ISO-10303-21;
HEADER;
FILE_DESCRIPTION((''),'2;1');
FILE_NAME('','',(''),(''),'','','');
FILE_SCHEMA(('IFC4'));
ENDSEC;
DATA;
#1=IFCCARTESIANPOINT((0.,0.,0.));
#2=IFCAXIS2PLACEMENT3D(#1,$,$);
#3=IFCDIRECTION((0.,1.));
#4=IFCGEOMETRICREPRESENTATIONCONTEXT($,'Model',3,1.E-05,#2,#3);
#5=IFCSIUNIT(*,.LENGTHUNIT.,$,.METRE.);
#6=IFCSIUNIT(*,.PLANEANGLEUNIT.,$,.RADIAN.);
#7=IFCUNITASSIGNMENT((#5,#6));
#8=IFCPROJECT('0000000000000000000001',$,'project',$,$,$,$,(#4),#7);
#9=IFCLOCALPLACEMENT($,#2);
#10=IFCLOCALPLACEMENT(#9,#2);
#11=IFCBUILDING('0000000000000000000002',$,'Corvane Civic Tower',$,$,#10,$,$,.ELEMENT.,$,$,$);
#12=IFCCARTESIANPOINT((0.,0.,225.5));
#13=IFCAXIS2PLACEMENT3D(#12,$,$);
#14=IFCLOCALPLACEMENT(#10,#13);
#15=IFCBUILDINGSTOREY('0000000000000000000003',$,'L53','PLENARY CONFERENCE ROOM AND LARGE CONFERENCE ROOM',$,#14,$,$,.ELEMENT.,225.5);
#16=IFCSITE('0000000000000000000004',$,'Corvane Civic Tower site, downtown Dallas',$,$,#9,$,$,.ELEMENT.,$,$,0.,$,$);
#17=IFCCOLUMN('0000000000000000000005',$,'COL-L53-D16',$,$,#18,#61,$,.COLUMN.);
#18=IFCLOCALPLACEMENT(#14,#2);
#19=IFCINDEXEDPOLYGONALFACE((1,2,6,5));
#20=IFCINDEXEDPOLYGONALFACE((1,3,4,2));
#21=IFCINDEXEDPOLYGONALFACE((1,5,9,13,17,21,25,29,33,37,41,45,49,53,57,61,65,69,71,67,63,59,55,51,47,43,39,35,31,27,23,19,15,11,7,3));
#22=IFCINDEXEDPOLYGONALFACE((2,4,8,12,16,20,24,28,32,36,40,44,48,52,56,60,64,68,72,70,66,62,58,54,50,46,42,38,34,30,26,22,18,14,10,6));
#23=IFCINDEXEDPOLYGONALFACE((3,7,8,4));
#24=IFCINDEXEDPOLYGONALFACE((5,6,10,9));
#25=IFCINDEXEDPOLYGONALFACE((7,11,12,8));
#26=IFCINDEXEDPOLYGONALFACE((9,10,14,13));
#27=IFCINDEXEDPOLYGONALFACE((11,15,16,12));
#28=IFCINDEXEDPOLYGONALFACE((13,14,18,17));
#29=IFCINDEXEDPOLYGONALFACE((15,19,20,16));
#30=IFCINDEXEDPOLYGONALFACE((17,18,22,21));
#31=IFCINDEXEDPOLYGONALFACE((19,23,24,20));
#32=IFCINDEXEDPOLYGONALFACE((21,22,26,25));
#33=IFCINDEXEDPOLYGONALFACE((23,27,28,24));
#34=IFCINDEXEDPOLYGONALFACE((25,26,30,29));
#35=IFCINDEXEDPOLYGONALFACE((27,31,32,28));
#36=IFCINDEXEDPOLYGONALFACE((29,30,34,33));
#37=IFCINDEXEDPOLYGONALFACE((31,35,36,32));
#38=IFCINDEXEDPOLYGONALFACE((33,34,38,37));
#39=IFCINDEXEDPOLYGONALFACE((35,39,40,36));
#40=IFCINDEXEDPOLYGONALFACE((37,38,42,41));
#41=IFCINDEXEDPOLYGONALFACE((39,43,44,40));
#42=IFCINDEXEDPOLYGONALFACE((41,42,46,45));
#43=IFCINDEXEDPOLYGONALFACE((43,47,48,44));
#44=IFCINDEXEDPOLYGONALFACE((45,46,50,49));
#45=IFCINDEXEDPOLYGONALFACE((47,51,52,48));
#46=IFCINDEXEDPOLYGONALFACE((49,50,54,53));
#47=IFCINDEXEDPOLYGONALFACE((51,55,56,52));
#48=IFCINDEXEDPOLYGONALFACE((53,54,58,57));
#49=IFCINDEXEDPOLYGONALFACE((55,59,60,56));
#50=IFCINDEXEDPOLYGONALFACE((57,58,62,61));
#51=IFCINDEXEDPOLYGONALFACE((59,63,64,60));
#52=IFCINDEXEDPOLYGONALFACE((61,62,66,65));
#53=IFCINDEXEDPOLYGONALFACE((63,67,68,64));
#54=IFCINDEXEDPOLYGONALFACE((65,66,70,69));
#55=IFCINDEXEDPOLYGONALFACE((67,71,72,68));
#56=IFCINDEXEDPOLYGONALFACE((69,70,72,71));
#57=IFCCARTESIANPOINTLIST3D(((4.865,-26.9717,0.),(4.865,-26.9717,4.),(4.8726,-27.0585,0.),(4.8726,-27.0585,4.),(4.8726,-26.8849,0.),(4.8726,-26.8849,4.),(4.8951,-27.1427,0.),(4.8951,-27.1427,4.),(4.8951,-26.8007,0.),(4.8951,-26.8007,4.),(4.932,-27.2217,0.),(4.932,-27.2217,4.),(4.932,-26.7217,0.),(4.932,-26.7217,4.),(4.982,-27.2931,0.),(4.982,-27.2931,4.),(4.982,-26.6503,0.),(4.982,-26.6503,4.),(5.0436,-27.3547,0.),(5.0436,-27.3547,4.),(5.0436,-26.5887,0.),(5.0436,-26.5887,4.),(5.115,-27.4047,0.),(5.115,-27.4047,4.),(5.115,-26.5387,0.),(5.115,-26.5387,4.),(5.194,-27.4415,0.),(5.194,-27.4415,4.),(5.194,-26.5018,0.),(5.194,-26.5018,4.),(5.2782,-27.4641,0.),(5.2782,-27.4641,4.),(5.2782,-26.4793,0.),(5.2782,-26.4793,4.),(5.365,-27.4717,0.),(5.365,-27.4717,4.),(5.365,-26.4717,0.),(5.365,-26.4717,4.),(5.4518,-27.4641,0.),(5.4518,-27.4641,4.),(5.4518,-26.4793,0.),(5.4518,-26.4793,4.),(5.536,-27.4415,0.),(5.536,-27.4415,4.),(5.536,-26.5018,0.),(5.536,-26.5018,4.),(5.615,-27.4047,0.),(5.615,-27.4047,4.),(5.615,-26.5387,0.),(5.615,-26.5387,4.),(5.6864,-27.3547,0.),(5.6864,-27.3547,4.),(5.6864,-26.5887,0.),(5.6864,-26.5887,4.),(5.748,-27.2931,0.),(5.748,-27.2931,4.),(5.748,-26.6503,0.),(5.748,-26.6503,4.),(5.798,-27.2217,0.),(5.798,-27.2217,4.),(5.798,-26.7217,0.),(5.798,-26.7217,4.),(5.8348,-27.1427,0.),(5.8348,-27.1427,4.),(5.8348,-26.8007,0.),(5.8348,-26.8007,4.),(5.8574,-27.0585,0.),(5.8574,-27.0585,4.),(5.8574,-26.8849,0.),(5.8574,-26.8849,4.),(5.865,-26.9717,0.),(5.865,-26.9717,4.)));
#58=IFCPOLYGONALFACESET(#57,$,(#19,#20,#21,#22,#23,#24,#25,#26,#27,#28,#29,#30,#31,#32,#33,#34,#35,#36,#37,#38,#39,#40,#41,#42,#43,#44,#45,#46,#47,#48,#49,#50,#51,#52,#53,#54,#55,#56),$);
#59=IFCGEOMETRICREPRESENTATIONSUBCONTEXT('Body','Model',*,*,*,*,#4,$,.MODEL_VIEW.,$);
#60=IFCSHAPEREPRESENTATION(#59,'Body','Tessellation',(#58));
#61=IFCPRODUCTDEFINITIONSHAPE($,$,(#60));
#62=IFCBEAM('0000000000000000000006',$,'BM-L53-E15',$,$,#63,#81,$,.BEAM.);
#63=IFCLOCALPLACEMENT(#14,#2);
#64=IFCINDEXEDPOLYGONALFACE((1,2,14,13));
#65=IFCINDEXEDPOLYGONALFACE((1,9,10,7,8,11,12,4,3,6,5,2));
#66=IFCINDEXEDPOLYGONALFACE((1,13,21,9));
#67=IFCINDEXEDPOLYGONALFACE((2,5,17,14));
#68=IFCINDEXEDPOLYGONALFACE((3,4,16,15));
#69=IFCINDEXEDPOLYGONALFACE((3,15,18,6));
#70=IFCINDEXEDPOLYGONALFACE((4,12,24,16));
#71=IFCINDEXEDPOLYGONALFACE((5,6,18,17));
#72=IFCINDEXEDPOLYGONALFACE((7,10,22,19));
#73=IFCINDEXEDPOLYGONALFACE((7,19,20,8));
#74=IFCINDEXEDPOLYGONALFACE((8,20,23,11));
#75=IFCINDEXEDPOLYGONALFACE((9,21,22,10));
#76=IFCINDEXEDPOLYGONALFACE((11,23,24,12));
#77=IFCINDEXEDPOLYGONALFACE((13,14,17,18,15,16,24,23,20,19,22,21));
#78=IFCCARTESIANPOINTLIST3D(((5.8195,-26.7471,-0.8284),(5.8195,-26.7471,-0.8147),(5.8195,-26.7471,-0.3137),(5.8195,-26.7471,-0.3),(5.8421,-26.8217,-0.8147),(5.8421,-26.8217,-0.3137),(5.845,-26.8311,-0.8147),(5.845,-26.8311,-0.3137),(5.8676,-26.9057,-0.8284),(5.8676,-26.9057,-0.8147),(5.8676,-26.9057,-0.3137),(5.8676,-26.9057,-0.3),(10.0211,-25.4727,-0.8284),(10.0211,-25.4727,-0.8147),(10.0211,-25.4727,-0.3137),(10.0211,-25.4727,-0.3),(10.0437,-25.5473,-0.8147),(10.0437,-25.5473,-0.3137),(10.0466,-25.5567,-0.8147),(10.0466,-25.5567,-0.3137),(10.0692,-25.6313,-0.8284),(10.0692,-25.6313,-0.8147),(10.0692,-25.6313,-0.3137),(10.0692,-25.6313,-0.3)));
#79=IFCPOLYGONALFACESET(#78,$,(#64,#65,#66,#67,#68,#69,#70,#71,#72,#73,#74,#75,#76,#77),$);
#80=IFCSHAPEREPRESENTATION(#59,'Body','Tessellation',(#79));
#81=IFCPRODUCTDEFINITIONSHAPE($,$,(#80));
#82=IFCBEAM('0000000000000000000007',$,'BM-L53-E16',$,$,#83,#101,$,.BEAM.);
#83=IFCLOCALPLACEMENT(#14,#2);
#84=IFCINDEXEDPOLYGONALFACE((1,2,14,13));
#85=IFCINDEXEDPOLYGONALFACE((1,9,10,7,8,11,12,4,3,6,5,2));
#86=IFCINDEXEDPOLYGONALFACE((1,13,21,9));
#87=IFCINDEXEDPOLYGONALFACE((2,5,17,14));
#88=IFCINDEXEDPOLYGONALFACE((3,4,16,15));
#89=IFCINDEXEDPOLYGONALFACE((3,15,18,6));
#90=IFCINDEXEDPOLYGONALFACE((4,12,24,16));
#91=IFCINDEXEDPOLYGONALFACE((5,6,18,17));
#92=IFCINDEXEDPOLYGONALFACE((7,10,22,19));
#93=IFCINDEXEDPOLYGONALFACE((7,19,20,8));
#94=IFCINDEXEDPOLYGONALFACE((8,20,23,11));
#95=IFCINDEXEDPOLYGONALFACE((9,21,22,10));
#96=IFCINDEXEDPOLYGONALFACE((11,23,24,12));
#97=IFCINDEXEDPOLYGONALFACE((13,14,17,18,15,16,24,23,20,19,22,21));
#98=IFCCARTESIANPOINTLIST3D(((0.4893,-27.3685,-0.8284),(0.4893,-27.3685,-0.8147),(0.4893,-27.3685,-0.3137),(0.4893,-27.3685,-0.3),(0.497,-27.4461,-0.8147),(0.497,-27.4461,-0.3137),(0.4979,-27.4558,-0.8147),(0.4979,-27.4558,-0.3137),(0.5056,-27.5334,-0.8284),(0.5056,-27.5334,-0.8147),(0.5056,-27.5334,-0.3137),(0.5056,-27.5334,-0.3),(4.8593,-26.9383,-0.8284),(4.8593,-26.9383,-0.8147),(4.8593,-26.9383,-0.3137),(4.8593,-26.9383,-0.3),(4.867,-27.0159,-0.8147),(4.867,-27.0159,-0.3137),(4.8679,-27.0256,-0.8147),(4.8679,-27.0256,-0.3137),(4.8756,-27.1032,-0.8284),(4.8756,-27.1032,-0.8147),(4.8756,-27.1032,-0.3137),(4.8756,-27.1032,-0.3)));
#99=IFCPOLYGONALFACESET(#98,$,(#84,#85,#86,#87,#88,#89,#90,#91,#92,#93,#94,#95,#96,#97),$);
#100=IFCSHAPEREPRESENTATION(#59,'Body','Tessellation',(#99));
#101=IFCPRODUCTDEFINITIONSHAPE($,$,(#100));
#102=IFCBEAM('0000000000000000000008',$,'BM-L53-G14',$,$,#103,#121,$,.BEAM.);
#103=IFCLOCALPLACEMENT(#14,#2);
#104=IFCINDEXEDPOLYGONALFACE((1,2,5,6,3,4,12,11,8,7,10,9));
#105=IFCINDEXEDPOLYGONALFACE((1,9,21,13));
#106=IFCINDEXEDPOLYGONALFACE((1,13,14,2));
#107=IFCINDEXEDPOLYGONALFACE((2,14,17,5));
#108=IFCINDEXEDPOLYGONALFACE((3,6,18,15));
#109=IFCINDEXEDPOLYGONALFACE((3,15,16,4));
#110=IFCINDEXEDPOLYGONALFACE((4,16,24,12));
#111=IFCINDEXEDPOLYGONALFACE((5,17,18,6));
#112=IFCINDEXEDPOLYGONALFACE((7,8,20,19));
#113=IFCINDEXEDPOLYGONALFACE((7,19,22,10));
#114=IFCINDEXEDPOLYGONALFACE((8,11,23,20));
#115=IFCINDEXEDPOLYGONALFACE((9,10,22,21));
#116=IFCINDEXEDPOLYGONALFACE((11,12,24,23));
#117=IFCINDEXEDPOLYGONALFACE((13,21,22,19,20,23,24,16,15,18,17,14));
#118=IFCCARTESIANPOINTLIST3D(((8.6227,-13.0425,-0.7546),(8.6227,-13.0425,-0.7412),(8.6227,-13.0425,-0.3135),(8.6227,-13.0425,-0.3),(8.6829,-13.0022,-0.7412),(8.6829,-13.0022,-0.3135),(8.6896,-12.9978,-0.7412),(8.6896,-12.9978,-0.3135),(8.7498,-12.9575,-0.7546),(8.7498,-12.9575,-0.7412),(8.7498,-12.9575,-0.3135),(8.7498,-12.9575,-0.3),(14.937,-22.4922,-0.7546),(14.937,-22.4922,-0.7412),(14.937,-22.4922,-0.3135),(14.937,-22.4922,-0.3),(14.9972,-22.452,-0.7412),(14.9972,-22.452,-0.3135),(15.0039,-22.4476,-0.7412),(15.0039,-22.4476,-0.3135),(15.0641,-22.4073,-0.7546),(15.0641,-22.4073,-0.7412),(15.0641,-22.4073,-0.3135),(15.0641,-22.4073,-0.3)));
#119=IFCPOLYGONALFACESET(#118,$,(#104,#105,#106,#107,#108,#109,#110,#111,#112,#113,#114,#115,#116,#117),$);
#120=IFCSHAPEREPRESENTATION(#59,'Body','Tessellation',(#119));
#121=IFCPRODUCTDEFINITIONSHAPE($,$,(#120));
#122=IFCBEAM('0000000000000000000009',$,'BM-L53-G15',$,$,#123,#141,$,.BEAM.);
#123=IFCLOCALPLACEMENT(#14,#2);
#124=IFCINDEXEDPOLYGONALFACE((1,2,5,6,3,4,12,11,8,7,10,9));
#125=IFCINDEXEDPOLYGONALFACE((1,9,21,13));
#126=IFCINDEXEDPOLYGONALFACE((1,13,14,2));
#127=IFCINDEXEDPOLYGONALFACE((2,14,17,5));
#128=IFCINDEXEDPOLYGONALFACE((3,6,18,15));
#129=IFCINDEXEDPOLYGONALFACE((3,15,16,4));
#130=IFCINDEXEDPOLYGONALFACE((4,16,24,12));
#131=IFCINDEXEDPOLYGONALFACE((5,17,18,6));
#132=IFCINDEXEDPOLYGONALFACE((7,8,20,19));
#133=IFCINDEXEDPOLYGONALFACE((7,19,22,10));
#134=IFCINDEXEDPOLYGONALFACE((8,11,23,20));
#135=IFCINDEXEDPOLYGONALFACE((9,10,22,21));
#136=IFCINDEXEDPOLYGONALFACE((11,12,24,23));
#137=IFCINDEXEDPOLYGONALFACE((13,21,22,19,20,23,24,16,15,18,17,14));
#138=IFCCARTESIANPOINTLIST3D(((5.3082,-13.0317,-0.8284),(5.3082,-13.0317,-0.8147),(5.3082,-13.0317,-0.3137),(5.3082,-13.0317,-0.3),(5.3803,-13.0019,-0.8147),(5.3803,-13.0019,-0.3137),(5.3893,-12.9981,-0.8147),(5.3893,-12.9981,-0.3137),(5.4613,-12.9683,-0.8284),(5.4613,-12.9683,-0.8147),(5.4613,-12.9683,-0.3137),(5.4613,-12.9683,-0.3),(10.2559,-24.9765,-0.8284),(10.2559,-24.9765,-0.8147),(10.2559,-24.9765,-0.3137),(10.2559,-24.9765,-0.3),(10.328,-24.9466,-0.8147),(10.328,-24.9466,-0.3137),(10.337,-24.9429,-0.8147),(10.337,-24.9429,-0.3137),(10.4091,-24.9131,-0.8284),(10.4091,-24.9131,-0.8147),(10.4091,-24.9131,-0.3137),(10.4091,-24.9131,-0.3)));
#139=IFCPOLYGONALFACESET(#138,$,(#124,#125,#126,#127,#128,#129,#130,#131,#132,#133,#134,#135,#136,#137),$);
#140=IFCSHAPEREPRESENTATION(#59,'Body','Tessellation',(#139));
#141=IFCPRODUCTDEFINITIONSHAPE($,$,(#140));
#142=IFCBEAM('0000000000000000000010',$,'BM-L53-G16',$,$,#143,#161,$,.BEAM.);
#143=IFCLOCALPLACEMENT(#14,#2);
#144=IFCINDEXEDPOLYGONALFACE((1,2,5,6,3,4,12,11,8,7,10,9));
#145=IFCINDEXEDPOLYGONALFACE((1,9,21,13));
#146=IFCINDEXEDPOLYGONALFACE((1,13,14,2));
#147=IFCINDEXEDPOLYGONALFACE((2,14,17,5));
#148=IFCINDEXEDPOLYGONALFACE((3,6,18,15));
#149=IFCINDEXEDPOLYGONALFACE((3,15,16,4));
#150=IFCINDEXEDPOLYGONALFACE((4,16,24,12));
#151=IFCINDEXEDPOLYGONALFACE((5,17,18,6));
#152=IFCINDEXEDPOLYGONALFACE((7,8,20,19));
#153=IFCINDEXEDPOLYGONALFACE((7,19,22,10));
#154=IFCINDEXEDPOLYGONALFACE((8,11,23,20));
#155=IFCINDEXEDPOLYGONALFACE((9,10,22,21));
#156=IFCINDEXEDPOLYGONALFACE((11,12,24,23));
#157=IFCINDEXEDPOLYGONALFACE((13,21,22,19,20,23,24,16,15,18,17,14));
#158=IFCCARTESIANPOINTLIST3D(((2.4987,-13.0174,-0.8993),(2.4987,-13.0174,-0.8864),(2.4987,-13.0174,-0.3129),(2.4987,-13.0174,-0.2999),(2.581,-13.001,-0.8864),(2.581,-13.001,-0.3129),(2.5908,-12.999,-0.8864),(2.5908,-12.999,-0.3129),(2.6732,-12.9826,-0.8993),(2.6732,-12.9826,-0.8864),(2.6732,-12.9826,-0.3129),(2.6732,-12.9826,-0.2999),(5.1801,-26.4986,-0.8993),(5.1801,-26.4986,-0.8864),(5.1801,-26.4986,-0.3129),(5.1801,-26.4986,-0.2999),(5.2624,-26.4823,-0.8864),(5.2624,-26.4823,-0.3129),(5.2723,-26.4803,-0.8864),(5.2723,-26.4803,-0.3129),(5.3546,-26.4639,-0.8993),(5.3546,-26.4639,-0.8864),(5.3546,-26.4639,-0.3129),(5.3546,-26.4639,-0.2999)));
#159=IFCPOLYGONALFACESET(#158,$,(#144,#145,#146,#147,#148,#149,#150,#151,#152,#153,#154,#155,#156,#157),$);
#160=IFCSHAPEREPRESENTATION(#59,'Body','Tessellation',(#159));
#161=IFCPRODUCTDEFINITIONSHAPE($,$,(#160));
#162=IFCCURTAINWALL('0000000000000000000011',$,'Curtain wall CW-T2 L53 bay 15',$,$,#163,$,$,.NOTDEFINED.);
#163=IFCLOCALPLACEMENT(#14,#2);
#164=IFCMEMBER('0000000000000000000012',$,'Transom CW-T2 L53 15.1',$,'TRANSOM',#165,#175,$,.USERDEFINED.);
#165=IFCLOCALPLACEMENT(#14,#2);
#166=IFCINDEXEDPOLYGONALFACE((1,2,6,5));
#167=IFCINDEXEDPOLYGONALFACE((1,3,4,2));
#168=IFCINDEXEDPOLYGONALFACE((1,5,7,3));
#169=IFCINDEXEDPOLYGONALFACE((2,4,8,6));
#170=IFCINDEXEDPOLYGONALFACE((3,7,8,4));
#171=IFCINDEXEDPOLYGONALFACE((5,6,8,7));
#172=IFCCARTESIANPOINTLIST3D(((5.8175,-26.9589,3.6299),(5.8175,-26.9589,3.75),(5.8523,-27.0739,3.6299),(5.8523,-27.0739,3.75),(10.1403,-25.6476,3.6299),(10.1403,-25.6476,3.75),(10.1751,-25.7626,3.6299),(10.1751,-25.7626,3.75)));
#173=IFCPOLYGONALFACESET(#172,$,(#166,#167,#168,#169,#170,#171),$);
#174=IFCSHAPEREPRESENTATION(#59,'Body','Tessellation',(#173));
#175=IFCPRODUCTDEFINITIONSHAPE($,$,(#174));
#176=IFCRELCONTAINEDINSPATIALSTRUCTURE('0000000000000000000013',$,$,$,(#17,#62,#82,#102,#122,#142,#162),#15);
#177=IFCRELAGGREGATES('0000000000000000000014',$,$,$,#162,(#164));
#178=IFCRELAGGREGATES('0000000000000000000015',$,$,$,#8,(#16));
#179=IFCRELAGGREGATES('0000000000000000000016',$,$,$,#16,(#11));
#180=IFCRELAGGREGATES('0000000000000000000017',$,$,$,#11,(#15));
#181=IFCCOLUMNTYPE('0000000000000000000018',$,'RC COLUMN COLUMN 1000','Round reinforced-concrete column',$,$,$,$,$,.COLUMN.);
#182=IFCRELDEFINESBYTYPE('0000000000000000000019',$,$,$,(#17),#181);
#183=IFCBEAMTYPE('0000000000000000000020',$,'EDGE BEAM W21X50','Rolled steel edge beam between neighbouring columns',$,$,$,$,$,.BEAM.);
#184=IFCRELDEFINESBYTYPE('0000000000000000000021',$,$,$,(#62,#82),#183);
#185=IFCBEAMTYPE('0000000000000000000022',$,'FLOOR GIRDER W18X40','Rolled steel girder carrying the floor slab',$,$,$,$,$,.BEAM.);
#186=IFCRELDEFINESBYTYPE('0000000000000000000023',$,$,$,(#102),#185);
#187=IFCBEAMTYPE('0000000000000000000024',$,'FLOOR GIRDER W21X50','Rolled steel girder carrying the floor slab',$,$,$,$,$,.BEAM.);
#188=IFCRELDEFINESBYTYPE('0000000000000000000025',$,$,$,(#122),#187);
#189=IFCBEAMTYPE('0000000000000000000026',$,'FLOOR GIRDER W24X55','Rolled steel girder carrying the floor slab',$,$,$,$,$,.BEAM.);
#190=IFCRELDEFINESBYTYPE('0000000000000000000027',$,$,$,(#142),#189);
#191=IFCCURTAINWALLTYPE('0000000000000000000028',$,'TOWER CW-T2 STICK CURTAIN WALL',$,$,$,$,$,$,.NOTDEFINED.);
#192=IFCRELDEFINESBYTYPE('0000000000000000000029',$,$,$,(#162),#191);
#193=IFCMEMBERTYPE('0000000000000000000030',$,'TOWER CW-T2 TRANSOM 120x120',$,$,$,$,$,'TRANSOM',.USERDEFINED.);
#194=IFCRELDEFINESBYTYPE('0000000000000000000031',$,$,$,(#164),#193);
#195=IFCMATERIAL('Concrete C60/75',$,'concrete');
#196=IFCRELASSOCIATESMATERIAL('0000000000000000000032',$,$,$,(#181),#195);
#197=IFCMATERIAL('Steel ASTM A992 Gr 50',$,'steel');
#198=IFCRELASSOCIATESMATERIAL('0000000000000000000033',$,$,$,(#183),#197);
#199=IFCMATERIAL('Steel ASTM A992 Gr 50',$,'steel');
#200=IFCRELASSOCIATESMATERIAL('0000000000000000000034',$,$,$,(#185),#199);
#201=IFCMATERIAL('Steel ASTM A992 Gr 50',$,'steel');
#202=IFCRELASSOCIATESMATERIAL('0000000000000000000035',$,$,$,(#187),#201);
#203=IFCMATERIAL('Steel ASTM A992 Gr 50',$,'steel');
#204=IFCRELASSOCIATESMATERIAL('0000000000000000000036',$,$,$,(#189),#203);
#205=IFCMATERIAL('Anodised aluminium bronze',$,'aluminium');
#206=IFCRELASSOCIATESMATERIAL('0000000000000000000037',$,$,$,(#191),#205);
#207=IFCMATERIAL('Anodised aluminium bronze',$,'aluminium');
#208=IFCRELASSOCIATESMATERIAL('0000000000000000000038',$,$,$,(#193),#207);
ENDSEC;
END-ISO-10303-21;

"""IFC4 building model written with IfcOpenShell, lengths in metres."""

from ifc_helpers import new_model, si_unit, direction, frame, origin, origin_2d, place, context, subcontext, project, spatial, rectangle, circle, i_section, extrude, material, material_profile, profile_set, type_object, element, aggregate, save


model = new_model("IFC4")

# Units and contexts
model_context = context("Model", 3, precision=1e-05, world=origin(), true_north=direction((0.0, 1.0)))
body_context = subcontext(model_context, "Body", "Model", "MODEL_VIEW")
ifc_project = project(units=[si_unit("LENGTHUNIT", "METRE"), si_unit("PLANEANGLEUNIT", "RADIAN")], contexts=[model_context])

# Site, building, storey
site_placement = place(None, origin())
site = spatial("IfcSite", under=ifc_project, at=site_placement, Name="Corvane Civic Tower site, downtown Dallas", CompositionType="ELEMENT", RefElevation=0.0)
building_placement = place(site_placement, origin())
building = spatial("IfcBuilding", under=site, at=building_placement, Name="Corvane Civic Tower", CompositionType="ELEMENT")
storey_placement = place(building_placement, frame((0.0, 0.0, 225.5)))
storey = spatial("IfcBuildingStorey", under=building, at=storey_placement, Name="L53", Description="PLENARY CONFERENCE ROOM AND LARGE CONFERENCE ROOM", CompositionType="ELEMENT", Elevation=225.5)

# Column
ifc_material_1 = material(Name="Concrete C60/75", Category="concrete")
ifc_material_profile_1 = material_profile(ifc_material_1, circle(Radius=0.5, at=origin_2d()), Name="COLUMN 1000")
ifc_profile_set_1 = profile_set([ifc_material_profile_1], Name="Concrete C60/75")
column_type = type_object("IfcColumnType", Name="RC COLUMN COLUMN 1000", Description="Round reinforced-concrete column", PredefinedType="COLUMN", material=ifc_profile_set_1)
column_placement = place(storey_placement, frame((5.365, -26.9717, 0.0), z_axis=(0.0, 0.0, 1.0), x_axis=(1.0, 0.0, 0.0)))
element("IfcColumn", 1, at=column_placement, inside=storey, type_object=column_type, Name="COL-L53-D16", PredefinedType="COLUMN", context=body_context, shape_type="SweptSolid", body=[
    extrude(circle(Radius=0.5, at=origin_2d()), origin(), (0.0, 0.0, 1.0), 4.0),
])

# Beams
ifc_material_2 = material(Name="Steel ASTM A992 Gr 50", Category="steel")
ifc_material_profile_2 = material_profile(ifc_material_2, i_section(OverallWidth=0.1658, OverallDepth=0.5283, WebThickness=0.0098, FlangeThickness=0.0137, at=origin_2d()), Name="W21X50")
ifc_profile_set_2 = profile_set([ifc_material_profile_2], Name="Steel ASTM A992 Gr 50")
beam_type_1 = type_object("IfcBeamType", Name="EDGE BEAM W21X50", Description="Rolled steel edge beam between neighbouring columns", PredefinedType="BEAM", material=ifc_profile_set_2)
beam_1_placement = place(storey_placement, frame((10.0452, -25.552, -0.5642), z_axis=(-0.95695, -0.290254, 0.0), x_axis=(0.290254, -0.95695, 0.0)))
element("IfcBeam", 2, at=beam_1_placement, inside=storey, type_object=beam_type_1, Name="BM-L53-E15", PredefinedType="BEAM", context=body_context, shape_type="SweptSolid", body=[
    extrude(i_section(OverallWidth=0.1658, OverallDepth=0.5283, WebThickness=0.0098, FlangeThickness=0.0137, at=origin_2d()), origin(), (0.0, 0.0, 1.0), 4.3906),
])
beam_2_placement = place(storey_placement, frame((4.8674, -27.0208, -0.5642), z_axis=(-0.99519, -0.097968, 0.0), x_axis=(0.097968, -0.99519, 0.0)))
element("IfcBeam", 3, at=beam_2_placement, inside=storey, type_object=beam_type_1, Name="BM-L53-E16", PredefinedType="BEAM", context=body_context, shape_type="SweptSolid", body=[
    extrude(i_section(OverallWidth=0.1658, OverallDepth=0.5283, WebThickness=0.0098, FlangeThickness=0.0137, at=origin_2d()), origin(), (0.0, 0.0, 1.0), 4.3911),
])
ifc_material_3 = material(Name="Steel ASTM A992 Gr 50", Category="steel")
ifc_material_profile_3 = material_profile(ifc_material_3, i_section(OverallWidth=0.1528, OverallDepth=0.4546, WebThickness=0.0081, FlangeThickness=0.0134, at=origin_2d()), Name="W18X40")
ifc_profile_set_3 = profile_set([ifc_material_profile_3], Name="Steel ASTM A992 Gr 50")
beam_type_2 = type_object("IfcBeamType", Name="FLOOR GIRDER W18X40", Description="Rolled steel girder carrying the floor slab", PredefinedType="BEAM", material=ifc_profile_set_3)
beam_3_placement = place(storey_placement, frame((8.6863, -13.0, -0.5273), z_axis=(0.555577, -0.831465, 0.0), x_axis=(0.831465, 0.555577, 0.0)))
element("IfcBeam", 4, at=beam_3_placement, inside=storey, type_object=beam_type_2, Name="BM-L53-G14", PredefinedType="BEAM", context=body_context, shape_type="SweptSolid", body=[
    extrude(i_section(OverallWidth=0.1528, OverallDepth=0.4546, WebThickness=0.0081, FlangeThickness=0.0134, at=origin_2d()), origin(), (0.0, 0.0, 1.0), 11.3652),
])
ifc_material_4 = material(Name="Steel ASTM A992 Gr 50", Category="steel")
ifc_material_profile_4 = material_profile(ifc_material_4, i_section(OverallWidth=0.1658, OverallDepth=0.5283, WebThickness=0.0098, FlangeThickness=0.0137, at=origin_2d()), Name="W21X50")
ifc_profile_set_4 = profile_set([ifc_material_profile_4], Name="Steel ASTM A992 Gr 50")
beam_type_3 = type_object("IfcBeamType", Name="FLOOR GIRDER W21X50", Description="Rolled steel girder carrying the floor slab", PredefinedType="BEAM", material=ifc_profile_set_4)
beam_4_placement = place(storey_placement, frame((5.3848, -13.0, -0.5642), z_axis=(0.382686, -0.923878, 0.0), x_axis=(0.923878, 0.382686, 0.0)))
element("IfcBeam", 5, at=beam_4_placement, inside=storey, type_object=beam_type_3, Name="BM-L53-G15", PredefinedType="BEAM", context=body_context, shape_type="SweptSolid", body=[
    extrude(i_section(OverallWidth=0.1658, OverallDepth=0.5283, WebThickness=0.0098, FlangeThickness=0.0137, at=origin_2d()), origin(), (0.0, 0.0, 1.0), 12.929),
])
ifc_material_5 = material(Name="Steel ASTM A992 Gr 50", Category="steel")
ifc_material_profile_5 = material_profile(ifc_material_5, i_section(OverallWidth=0.178, OverallDepth=0.5994, WebThickness=0.01, FlangeThickness=0.0129, at=origin_2d()), Name="W24X55")
ifc_profile_set_5 = profile_set([ifc_material_profile_5], Name="Steel ASTM A992 Gr 50")
beam_type_4 = type_object("IfcBeamType", Name="FLOOR GIRDER W24X55", Description="Rolled steel girder carrying the floor slab", PredefinedType="BEAM", material=ifc_profile_set_5)
beam_5_placement = place(storey_placement, frame((2.5859, -13.0, -0.5996), z_axis=(0.195078, -0.980788, 0.0), x_axis=(0.980788, 0.195078, 0.0)))
element("IfcBeam", 6, at=beam_5_placement, inside=storey, type_object=beam_type_4, Name="BM-L53-G16", PredefinedType="BEAM", context=body_context, shape_type="SweptSolid", body=[
    extrude(i_section(OverallWidth=0.178, OverallDepth=0.5994, WebThickness=0.01, FlangeThickness=0.0129, at=origin_2d()), origin(), (0.0, 0.0, 1.0), 13.7454),
])

# Curtain wall, member
ifc_material_6 = material(Name="Anodised aluminium bronze", Category="aluminium")
curtain_wall_type = type_object("IfcCurtainWallType", Name="TOWER CW-T2 STICK CURTAIN WALL", PredefinedType="NOTDEFINED", material=ifc_material_6)
curtain_wall_1_placement = place(storey_placement, origin())
curtain_wall_1 = element("IfcCurtainWall", 7, at=curtain_wall_1_placement, inside=storey, type_object=curtain_wall_type, Name="Curtain wall CW-T2 L53 bay 15", PredefinedType="NOTDEFINED")
ifc_material_7 = material(Name="Anodised aluminium bronze", Category="aluminium")
ifc_material_profile_6 = material_profile(ifc_material_7, rectangle(XDim=0.1201, YDim=0.1201, at=origin_2d()), Name="TOWER CW-T2 TRANSOM 120x120")
ifc_profile_set_6 = profile_set([ifc_material_profile_6], Name="Anodised aluminium bronze")
member_type = type_object("IfcMemberType", Name="TOWER CW-T2 TRANSOM 120x120", ElementType="TRANSOM", PredefinedType="USERDEFINED", material=ifc_profile_set_6)
member_1_placement = place(storey_placement, frame((10.1577, -25.7051, 3.6899), z_axis=(-0.956941, -0.290282, 0.0), x_axis=(0.290282, -0.956941, 0.0)))
member_1 = element("IfcMember", 8, at=member_1_placement, type_object=member_type, Name="Transom CW-T2 L53 15.1", ObjectType="TRANSOM", PredefinedType="USERDEFINED", context=body_context, shape_type="SweptSolid", body=[
    extrude(rectangle(XDim=0.1201, YDim=0.1201, at=origin_2d()), origin(), (0.0, 0.0, 1.0), 4.5173),
])

aggregate(curtain_wall_1, [member_1])

save(model, "model.ifc")
